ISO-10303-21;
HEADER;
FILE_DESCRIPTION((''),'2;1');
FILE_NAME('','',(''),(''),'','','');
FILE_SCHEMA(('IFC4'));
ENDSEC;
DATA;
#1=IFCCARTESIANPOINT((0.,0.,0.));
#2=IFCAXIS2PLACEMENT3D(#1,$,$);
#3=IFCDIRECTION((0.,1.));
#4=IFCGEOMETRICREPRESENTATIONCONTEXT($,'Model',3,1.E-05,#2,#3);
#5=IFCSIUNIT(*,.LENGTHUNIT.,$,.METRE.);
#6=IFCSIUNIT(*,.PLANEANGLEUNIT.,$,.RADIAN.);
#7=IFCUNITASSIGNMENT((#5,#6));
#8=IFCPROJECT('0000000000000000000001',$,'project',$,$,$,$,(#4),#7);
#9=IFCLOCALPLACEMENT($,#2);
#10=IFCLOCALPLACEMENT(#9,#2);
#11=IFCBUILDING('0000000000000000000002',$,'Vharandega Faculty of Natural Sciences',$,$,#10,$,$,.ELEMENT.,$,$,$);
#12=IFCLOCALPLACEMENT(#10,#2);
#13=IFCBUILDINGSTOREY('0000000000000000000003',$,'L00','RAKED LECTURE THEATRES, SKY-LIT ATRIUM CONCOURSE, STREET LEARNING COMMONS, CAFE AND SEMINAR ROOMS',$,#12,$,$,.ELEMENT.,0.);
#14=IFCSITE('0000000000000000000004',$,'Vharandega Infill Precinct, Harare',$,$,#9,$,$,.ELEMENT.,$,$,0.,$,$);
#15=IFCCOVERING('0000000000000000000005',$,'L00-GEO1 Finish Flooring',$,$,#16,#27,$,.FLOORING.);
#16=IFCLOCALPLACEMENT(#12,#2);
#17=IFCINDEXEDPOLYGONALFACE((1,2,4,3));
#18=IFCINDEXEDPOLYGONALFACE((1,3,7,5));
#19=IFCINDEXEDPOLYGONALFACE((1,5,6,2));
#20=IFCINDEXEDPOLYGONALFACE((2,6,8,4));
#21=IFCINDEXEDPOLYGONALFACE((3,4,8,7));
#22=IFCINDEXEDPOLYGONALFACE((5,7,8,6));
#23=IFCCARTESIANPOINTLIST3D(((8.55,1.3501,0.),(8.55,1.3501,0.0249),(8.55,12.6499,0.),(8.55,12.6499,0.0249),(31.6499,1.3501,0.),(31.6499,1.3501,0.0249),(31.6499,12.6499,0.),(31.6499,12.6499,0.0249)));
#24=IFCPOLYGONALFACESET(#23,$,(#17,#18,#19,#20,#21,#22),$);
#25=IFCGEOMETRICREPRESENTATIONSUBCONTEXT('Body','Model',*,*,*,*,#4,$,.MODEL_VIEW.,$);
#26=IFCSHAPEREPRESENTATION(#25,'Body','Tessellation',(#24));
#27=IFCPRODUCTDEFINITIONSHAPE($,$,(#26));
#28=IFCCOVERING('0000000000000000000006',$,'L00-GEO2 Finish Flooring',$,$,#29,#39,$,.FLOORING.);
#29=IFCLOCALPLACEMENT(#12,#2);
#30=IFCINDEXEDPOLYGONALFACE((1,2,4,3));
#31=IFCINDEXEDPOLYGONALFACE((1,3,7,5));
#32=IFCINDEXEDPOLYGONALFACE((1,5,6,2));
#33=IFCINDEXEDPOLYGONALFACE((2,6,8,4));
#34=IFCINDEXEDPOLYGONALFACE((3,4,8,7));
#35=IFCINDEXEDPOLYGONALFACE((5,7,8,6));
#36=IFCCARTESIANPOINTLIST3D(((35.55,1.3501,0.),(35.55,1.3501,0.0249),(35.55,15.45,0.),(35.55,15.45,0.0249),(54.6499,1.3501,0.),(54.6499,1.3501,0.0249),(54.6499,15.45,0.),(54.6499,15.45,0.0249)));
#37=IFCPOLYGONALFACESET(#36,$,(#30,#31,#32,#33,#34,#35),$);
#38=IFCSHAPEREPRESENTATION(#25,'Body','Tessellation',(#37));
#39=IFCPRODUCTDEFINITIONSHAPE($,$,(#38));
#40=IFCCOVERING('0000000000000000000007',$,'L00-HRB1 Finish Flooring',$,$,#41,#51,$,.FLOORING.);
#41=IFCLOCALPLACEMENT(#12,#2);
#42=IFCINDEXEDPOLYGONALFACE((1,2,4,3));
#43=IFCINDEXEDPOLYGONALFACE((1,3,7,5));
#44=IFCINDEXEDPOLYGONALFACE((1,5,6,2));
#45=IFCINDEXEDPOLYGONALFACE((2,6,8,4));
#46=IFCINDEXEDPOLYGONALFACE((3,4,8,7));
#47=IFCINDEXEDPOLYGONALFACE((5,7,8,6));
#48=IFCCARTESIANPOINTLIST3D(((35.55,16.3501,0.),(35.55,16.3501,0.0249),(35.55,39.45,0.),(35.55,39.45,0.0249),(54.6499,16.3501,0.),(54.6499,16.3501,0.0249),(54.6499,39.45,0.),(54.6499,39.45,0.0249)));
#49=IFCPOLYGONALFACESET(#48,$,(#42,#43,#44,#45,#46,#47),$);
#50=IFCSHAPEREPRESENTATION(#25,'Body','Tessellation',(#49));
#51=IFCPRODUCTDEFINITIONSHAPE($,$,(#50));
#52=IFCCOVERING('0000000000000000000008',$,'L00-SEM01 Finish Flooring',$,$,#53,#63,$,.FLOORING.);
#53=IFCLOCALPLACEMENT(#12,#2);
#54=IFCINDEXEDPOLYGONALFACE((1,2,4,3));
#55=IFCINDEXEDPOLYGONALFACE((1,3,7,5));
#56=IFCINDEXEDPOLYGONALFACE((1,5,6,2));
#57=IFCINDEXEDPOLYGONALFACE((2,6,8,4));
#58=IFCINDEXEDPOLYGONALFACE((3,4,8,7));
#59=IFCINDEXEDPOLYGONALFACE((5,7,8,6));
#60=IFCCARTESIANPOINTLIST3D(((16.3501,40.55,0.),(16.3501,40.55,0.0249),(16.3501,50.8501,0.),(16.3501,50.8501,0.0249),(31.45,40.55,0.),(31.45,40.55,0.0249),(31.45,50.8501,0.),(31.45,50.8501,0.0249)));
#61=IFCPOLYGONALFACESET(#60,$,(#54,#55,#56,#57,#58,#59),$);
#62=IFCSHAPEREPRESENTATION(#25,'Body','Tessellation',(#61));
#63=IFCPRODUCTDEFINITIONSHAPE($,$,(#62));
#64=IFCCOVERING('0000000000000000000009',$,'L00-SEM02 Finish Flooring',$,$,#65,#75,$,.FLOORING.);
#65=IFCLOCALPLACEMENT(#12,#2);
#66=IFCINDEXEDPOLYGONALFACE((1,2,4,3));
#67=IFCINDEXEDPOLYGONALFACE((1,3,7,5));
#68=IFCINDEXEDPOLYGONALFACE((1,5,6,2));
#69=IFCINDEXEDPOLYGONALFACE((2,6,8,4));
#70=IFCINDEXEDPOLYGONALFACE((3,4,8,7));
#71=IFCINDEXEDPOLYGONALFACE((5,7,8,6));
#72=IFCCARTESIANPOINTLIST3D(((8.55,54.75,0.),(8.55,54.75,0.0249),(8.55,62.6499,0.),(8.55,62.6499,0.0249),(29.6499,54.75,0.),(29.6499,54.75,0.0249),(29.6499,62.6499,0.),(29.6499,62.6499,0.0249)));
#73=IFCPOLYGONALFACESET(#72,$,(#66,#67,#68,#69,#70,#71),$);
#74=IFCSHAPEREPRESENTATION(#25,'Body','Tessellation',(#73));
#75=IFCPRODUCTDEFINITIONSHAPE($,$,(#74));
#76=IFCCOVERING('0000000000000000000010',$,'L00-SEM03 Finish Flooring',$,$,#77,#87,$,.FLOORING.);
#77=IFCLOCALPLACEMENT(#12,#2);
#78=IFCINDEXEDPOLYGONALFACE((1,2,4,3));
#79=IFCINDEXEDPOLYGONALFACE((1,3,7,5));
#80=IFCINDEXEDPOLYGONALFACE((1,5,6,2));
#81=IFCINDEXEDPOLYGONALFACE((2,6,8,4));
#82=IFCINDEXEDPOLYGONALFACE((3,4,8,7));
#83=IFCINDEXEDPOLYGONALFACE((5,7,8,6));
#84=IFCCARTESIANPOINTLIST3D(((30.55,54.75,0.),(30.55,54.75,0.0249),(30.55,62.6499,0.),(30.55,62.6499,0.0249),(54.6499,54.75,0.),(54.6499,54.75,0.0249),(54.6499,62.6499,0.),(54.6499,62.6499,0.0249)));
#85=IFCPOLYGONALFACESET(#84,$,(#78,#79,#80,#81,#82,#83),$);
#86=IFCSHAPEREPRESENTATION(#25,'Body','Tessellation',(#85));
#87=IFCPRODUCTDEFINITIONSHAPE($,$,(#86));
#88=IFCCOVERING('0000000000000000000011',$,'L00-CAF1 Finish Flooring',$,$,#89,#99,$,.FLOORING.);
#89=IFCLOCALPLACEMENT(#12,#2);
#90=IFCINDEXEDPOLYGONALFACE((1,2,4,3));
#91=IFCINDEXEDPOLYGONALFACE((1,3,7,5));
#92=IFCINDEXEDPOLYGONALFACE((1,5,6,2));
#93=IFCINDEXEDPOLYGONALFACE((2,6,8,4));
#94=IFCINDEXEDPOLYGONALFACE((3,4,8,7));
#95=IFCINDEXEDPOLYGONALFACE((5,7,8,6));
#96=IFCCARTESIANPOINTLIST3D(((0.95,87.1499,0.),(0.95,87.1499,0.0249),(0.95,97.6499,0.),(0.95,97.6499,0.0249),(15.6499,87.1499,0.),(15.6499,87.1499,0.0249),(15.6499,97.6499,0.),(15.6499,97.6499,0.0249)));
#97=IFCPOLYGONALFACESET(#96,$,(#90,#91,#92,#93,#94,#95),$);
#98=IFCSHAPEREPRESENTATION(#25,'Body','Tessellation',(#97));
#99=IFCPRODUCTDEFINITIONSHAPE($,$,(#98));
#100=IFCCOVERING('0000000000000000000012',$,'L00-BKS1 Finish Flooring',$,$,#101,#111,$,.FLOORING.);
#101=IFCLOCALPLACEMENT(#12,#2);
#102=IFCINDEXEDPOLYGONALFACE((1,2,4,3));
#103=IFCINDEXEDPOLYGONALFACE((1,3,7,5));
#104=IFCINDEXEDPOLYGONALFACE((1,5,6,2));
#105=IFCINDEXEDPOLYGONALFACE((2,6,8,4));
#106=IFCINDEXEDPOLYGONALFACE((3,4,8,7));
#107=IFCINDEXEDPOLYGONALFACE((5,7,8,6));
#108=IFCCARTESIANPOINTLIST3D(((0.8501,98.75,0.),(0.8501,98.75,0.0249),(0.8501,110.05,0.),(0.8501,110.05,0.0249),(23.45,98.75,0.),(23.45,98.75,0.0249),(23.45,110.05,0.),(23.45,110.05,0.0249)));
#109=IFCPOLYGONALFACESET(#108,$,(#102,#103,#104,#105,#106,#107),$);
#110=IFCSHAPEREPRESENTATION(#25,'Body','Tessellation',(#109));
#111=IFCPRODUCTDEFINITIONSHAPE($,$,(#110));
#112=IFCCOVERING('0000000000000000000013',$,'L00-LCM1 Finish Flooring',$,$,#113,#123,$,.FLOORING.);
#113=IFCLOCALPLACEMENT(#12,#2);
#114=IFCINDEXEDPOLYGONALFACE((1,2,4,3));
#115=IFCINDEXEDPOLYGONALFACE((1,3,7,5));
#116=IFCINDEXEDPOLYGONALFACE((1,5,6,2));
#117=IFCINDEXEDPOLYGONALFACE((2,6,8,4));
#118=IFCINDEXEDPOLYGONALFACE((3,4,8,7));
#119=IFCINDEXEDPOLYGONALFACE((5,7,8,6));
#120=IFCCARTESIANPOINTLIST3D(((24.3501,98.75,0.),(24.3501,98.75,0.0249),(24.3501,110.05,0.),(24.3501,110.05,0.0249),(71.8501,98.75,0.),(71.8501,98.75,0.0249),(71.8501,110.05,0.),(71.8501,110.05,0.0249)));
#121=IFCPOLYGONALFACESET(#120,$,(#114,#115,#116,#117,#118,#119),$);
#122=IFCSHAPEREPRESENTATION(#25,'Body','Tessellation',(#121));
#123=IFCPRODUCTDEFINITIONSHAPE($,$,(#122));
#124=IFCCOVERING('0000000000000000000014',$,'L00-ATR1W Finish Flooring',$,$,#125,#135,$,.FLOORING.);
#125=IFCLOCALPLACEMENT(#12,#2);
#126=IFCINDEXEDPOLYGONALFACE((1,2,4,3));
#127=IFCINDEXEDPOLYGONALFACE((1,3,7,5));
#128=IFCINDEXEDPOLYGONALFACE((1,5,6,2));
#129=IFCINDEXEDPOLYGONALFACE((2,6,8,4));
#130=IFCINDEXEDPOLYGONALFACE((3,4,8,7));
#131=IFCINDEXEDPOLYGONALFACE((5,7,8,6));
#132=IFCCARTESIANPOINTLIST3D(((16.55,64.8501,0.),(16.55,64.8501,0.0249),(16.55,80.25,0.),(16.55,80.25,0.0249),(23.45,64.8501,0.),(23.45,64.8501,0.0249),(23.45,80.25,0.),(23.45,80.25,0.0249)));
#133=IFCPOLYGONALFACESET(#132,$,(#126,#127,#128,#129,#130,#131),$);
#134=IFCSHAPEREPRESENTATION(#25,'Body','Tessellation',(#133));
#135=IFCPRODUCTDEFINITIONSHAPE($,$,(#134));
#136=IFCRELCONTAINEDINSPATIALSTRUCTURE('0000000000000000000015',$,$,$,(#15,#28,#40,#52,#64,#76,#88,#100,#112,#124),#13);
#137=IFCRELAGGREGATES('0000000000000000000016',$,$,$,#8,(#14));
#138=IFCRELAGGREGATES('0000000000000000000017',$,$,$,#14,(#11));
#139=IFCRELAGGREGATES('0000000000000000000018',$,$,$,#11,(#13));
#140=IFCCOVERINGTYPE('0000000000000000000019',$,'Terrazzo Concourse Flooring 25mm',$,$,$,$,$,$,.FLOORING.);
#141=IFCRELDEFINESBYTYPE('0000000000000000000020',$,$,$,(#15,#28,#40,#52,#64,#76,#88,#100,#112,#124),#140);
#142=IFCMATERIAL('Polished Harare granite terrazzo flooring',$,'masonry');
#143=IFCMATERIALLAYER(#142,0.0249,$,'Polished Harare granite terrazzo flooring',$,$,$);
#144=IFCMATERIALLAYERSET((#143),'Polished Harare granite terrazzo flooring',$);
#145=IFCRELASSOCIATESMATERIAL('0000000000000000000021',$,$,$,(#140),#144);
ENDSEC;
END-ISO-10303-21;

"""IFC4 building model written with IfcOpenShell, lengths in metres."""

from ifc_helpers import new_model, si_unit, direction, origin, place, context, subcontext, project, spatial, polyline, outline, extrude, material, layer, layer_set, type_object, element, save


model = new_model("IFC4")

# Units and contexts
model_context = context("Model", 3, precision=1e-05, world=origin(), true_north=direction((0.0, 1.0)))
body_context = subcontext(model_context, "Body", "Model", "MODEL_VIEW")
ifc_project = project(units=[si_unit("LENGTHUNIT", "METRE"), si_unit("PLANEANGLEUNIT", "RADIAN")], contexts=[model_context])

# Site, building, storey
site_placement = place(None, origin())
site = spatial("IfcSite", under=ifc_project, at=site_placement, Name="Vharandega Infill Precinct, Harare", CompositionType="ELEMENT", RefElevation=0.0)
building_placement = place(site_placement, origin())
building = spatial("IfcBuilding", under=site, at=building_placement, Name="Vharandega Faculty of Natural Sciences", CompositionType="ELEMENT")
storey_placement = place(building_placement, origin())
storey = spatial("IfcBuildingStorey", under=building, at=storey_placement, Name="L00", Description="RAKED LECTURE THEATRES, SKY-LIT ATRIUM CONCOURSE, STREET LEARNING COMMONS, CAFE AND SEMINAR ROOMS", CompositionType="ELEMENT", Elevation=0.0)

# Coverings
ifc_material_1 = material(Name="Polished Harare granite terrazzo flooring", Category="masonry")
ifc_layer_1 = layer(ifc_material_1, 0.0249, Name="Polished Harare granite terrazzo flooring")
ifc_layer_set_1 = layer_set([ifc_layer_1], Name="Polished Harare granite terrazzo flooring")
covering_type_1 = type_object("IfcCoveringType", Name="Terrazzo Concourse Flooring 25mm", PredefinedType="FLOORING", material=ifc_layer_set_1)
covering_1_placement = place(storey_placement, origin())
element("IfcCovering", 1, at=covering_1_placement, inside=storey, type_object=covering_type_1, Name="L00-GEO1 Finish Flooring", PredefinedType="FLOORING", context=body_context, shape_type="SweptSolid", body=[
    extrude(outline(polyline([(8.55, 1.3501), (31.6499, 1.3501), (31.6499, 12.6499), (8.55, 12.6499), (8.55, 1.3501)])), origin(), (0.0, 0.0, 1.0), 0.0249),
])
covering_2_placement = place(storey_placement, origin())
element("IfcCovering", 2, at=covering_2_placement, inside=storey, type_object=covering_type_1, Name="L00-GEO2 Finish Flooring", PredefinedType="FLOORING", context=body_context, shape_type="SweptSolid", body=[
    extrude(outline(polyline([(35.55, 1.3501), (54.6499, 1.3501), (54.6499, 15.45), (35.55, 15.45), (35.55, 1.3501)])), origin(), (0.0, 0.0, 1.0), 0.0249),
])
covering_3_placement = place(storey_placement, origin())
element("IfcCovering", 3, at=covering_3_placement, inside=storey, type_object=covering_type_1, Name="L00-HRB1 Finish Flooring", PredefinedType="FLOORING", context=body_context, shape_type="SweptSolid", body=[
    extrude(outline(polyline([(35.55, 16.3501), (54.6499, 16.3501), (54.6499, 39.45), (35.55, 39.45), (35.55, 16.3501)])), origin(), (0.0, 0.0, 1.0), 0.0249),
])
covering_4_placement = place(storey_placement, origin())
element("IfcCovering", 4, at=covering_4_placement, inside=storey, type_object=covering_type_1, Name="L00-SEM01 Finish Flooring", PredefinedType="FLOORING", context=body_context, shape_type="SweptSolid", body=[
    extrude(outline(polyline([(16.3501, 40.55), (31.45, 40.55), (31.45, 50.8501), (16.3501, 50.8501), (16.3501, 40.55)])), origin(), (0.0, 0.0, 1.0), 0.0249),
])
covering_5_placement = place(storey_placement, origin())
element("IfcCovering", 5, at=covering_5_placement, inside=storey, type_object=covering_type_1, Name="L00-SEM02 Finish Flooring", PredefinedType="FLOORING", context=body_context, shape_type="SweptSolid", body=[
    extrude(outline(polyline([(8.55, 54.75), (29.6499, 54.75), (29.6499, 62.6499), (8.55, 62.6499), (8.55, 54.75)])), origin(), (0.0, 0.0, 1.0), 0.0249),
])
covering_6_placement = place(storey_placement, origin())
element("IfcCovering", 6, at=covering_6_placement, inside=storey, type_object=covering_type_1, Name="L00-SEM03 Finish Flooring", PredefinedType="FLOORING", context=body_context, shape_type="SweptSolid", body=[
    extrude(outline(polyline([(30.55, 54.75), (54.6499, 54.75), (54.6499, 62.6499), (30.55, 62.6499), (30.55, 54.75)])), origin(), (0.0, 0.0, 1.0), 0.0249),
])
covering_7_placement = place(storey_placement, origin())
element("IfcCovering", 7, at=covering_7_placement, inside=storey, type_object=covering_type_1, Name="L00-CAF1 Finish Flooring", PredefinedType="FLOORING", context=body_context, shape_type="SweptSolid", body=[
    extrude(outline(polyline([(0.95, 87.1499), (15.6499, 87.1499), (15.6499, 97.6499), (0.95, 97.6499), (0.95, 87.1499)])), origin(), (0.0, 0.0, 1.0), 0.0249),
])
covering_8_placement = place(storey_placement, origin())
element("IfcCovering", 8, at=covering_8_placement, inside=storey, type_object=covering_type_1, Name="L00-BKS1 Finish Flooring", PredefinedType="FLOORING", context=body_context, shape_type="SweptSolid", body=[
    extrude(outline(polyline([(0.8501, 98.75), (23.45, 98.75), (23.45, 110.05), (0.8501, 110.05), (0.8501, 98.75)])), origin(), (0.0, 0.0, 1.0), 0.0249),
])
covering_9_placement = place(storey_placement, origin())
element("IfcCovering", 9, at=covering_9_placement, inside=storey, type_object=covering_type_1, Name="L00-LCM1 Finish Flooring", PredefinedType="FLOORING", context=body_context, shape_type="SweptSolid", body=[
    extrude(outline(polyline([(24.3501, 98.75), (71.8501, 98.75), (71.8501, 110.05), (24.3501, 110.05), (24.3501, 98.75)])), origin(), (0.0, 0.0, 1.0), 0.0249),
])
covering_10_placement = place(storey_placement, origin())
element("IfcCovering", 10, at=covering_10_placement, inside=storey, type_object=covering_type_1, Name="L00-ATR1W Finish Flooring", PredefinedType="FLOORING", context=body_context, shape_type="SweptSolid", body=[
    extrude(outline(polyline([(16.55, 64.8501), (23.45, 64.8501), (23.45, 80.25), (16.55, 80.25), (16.55, 64.8501)])), origin(), (0.0, 0.0, 1.0), 0.0249),
])

save(model, "model.ifc")
